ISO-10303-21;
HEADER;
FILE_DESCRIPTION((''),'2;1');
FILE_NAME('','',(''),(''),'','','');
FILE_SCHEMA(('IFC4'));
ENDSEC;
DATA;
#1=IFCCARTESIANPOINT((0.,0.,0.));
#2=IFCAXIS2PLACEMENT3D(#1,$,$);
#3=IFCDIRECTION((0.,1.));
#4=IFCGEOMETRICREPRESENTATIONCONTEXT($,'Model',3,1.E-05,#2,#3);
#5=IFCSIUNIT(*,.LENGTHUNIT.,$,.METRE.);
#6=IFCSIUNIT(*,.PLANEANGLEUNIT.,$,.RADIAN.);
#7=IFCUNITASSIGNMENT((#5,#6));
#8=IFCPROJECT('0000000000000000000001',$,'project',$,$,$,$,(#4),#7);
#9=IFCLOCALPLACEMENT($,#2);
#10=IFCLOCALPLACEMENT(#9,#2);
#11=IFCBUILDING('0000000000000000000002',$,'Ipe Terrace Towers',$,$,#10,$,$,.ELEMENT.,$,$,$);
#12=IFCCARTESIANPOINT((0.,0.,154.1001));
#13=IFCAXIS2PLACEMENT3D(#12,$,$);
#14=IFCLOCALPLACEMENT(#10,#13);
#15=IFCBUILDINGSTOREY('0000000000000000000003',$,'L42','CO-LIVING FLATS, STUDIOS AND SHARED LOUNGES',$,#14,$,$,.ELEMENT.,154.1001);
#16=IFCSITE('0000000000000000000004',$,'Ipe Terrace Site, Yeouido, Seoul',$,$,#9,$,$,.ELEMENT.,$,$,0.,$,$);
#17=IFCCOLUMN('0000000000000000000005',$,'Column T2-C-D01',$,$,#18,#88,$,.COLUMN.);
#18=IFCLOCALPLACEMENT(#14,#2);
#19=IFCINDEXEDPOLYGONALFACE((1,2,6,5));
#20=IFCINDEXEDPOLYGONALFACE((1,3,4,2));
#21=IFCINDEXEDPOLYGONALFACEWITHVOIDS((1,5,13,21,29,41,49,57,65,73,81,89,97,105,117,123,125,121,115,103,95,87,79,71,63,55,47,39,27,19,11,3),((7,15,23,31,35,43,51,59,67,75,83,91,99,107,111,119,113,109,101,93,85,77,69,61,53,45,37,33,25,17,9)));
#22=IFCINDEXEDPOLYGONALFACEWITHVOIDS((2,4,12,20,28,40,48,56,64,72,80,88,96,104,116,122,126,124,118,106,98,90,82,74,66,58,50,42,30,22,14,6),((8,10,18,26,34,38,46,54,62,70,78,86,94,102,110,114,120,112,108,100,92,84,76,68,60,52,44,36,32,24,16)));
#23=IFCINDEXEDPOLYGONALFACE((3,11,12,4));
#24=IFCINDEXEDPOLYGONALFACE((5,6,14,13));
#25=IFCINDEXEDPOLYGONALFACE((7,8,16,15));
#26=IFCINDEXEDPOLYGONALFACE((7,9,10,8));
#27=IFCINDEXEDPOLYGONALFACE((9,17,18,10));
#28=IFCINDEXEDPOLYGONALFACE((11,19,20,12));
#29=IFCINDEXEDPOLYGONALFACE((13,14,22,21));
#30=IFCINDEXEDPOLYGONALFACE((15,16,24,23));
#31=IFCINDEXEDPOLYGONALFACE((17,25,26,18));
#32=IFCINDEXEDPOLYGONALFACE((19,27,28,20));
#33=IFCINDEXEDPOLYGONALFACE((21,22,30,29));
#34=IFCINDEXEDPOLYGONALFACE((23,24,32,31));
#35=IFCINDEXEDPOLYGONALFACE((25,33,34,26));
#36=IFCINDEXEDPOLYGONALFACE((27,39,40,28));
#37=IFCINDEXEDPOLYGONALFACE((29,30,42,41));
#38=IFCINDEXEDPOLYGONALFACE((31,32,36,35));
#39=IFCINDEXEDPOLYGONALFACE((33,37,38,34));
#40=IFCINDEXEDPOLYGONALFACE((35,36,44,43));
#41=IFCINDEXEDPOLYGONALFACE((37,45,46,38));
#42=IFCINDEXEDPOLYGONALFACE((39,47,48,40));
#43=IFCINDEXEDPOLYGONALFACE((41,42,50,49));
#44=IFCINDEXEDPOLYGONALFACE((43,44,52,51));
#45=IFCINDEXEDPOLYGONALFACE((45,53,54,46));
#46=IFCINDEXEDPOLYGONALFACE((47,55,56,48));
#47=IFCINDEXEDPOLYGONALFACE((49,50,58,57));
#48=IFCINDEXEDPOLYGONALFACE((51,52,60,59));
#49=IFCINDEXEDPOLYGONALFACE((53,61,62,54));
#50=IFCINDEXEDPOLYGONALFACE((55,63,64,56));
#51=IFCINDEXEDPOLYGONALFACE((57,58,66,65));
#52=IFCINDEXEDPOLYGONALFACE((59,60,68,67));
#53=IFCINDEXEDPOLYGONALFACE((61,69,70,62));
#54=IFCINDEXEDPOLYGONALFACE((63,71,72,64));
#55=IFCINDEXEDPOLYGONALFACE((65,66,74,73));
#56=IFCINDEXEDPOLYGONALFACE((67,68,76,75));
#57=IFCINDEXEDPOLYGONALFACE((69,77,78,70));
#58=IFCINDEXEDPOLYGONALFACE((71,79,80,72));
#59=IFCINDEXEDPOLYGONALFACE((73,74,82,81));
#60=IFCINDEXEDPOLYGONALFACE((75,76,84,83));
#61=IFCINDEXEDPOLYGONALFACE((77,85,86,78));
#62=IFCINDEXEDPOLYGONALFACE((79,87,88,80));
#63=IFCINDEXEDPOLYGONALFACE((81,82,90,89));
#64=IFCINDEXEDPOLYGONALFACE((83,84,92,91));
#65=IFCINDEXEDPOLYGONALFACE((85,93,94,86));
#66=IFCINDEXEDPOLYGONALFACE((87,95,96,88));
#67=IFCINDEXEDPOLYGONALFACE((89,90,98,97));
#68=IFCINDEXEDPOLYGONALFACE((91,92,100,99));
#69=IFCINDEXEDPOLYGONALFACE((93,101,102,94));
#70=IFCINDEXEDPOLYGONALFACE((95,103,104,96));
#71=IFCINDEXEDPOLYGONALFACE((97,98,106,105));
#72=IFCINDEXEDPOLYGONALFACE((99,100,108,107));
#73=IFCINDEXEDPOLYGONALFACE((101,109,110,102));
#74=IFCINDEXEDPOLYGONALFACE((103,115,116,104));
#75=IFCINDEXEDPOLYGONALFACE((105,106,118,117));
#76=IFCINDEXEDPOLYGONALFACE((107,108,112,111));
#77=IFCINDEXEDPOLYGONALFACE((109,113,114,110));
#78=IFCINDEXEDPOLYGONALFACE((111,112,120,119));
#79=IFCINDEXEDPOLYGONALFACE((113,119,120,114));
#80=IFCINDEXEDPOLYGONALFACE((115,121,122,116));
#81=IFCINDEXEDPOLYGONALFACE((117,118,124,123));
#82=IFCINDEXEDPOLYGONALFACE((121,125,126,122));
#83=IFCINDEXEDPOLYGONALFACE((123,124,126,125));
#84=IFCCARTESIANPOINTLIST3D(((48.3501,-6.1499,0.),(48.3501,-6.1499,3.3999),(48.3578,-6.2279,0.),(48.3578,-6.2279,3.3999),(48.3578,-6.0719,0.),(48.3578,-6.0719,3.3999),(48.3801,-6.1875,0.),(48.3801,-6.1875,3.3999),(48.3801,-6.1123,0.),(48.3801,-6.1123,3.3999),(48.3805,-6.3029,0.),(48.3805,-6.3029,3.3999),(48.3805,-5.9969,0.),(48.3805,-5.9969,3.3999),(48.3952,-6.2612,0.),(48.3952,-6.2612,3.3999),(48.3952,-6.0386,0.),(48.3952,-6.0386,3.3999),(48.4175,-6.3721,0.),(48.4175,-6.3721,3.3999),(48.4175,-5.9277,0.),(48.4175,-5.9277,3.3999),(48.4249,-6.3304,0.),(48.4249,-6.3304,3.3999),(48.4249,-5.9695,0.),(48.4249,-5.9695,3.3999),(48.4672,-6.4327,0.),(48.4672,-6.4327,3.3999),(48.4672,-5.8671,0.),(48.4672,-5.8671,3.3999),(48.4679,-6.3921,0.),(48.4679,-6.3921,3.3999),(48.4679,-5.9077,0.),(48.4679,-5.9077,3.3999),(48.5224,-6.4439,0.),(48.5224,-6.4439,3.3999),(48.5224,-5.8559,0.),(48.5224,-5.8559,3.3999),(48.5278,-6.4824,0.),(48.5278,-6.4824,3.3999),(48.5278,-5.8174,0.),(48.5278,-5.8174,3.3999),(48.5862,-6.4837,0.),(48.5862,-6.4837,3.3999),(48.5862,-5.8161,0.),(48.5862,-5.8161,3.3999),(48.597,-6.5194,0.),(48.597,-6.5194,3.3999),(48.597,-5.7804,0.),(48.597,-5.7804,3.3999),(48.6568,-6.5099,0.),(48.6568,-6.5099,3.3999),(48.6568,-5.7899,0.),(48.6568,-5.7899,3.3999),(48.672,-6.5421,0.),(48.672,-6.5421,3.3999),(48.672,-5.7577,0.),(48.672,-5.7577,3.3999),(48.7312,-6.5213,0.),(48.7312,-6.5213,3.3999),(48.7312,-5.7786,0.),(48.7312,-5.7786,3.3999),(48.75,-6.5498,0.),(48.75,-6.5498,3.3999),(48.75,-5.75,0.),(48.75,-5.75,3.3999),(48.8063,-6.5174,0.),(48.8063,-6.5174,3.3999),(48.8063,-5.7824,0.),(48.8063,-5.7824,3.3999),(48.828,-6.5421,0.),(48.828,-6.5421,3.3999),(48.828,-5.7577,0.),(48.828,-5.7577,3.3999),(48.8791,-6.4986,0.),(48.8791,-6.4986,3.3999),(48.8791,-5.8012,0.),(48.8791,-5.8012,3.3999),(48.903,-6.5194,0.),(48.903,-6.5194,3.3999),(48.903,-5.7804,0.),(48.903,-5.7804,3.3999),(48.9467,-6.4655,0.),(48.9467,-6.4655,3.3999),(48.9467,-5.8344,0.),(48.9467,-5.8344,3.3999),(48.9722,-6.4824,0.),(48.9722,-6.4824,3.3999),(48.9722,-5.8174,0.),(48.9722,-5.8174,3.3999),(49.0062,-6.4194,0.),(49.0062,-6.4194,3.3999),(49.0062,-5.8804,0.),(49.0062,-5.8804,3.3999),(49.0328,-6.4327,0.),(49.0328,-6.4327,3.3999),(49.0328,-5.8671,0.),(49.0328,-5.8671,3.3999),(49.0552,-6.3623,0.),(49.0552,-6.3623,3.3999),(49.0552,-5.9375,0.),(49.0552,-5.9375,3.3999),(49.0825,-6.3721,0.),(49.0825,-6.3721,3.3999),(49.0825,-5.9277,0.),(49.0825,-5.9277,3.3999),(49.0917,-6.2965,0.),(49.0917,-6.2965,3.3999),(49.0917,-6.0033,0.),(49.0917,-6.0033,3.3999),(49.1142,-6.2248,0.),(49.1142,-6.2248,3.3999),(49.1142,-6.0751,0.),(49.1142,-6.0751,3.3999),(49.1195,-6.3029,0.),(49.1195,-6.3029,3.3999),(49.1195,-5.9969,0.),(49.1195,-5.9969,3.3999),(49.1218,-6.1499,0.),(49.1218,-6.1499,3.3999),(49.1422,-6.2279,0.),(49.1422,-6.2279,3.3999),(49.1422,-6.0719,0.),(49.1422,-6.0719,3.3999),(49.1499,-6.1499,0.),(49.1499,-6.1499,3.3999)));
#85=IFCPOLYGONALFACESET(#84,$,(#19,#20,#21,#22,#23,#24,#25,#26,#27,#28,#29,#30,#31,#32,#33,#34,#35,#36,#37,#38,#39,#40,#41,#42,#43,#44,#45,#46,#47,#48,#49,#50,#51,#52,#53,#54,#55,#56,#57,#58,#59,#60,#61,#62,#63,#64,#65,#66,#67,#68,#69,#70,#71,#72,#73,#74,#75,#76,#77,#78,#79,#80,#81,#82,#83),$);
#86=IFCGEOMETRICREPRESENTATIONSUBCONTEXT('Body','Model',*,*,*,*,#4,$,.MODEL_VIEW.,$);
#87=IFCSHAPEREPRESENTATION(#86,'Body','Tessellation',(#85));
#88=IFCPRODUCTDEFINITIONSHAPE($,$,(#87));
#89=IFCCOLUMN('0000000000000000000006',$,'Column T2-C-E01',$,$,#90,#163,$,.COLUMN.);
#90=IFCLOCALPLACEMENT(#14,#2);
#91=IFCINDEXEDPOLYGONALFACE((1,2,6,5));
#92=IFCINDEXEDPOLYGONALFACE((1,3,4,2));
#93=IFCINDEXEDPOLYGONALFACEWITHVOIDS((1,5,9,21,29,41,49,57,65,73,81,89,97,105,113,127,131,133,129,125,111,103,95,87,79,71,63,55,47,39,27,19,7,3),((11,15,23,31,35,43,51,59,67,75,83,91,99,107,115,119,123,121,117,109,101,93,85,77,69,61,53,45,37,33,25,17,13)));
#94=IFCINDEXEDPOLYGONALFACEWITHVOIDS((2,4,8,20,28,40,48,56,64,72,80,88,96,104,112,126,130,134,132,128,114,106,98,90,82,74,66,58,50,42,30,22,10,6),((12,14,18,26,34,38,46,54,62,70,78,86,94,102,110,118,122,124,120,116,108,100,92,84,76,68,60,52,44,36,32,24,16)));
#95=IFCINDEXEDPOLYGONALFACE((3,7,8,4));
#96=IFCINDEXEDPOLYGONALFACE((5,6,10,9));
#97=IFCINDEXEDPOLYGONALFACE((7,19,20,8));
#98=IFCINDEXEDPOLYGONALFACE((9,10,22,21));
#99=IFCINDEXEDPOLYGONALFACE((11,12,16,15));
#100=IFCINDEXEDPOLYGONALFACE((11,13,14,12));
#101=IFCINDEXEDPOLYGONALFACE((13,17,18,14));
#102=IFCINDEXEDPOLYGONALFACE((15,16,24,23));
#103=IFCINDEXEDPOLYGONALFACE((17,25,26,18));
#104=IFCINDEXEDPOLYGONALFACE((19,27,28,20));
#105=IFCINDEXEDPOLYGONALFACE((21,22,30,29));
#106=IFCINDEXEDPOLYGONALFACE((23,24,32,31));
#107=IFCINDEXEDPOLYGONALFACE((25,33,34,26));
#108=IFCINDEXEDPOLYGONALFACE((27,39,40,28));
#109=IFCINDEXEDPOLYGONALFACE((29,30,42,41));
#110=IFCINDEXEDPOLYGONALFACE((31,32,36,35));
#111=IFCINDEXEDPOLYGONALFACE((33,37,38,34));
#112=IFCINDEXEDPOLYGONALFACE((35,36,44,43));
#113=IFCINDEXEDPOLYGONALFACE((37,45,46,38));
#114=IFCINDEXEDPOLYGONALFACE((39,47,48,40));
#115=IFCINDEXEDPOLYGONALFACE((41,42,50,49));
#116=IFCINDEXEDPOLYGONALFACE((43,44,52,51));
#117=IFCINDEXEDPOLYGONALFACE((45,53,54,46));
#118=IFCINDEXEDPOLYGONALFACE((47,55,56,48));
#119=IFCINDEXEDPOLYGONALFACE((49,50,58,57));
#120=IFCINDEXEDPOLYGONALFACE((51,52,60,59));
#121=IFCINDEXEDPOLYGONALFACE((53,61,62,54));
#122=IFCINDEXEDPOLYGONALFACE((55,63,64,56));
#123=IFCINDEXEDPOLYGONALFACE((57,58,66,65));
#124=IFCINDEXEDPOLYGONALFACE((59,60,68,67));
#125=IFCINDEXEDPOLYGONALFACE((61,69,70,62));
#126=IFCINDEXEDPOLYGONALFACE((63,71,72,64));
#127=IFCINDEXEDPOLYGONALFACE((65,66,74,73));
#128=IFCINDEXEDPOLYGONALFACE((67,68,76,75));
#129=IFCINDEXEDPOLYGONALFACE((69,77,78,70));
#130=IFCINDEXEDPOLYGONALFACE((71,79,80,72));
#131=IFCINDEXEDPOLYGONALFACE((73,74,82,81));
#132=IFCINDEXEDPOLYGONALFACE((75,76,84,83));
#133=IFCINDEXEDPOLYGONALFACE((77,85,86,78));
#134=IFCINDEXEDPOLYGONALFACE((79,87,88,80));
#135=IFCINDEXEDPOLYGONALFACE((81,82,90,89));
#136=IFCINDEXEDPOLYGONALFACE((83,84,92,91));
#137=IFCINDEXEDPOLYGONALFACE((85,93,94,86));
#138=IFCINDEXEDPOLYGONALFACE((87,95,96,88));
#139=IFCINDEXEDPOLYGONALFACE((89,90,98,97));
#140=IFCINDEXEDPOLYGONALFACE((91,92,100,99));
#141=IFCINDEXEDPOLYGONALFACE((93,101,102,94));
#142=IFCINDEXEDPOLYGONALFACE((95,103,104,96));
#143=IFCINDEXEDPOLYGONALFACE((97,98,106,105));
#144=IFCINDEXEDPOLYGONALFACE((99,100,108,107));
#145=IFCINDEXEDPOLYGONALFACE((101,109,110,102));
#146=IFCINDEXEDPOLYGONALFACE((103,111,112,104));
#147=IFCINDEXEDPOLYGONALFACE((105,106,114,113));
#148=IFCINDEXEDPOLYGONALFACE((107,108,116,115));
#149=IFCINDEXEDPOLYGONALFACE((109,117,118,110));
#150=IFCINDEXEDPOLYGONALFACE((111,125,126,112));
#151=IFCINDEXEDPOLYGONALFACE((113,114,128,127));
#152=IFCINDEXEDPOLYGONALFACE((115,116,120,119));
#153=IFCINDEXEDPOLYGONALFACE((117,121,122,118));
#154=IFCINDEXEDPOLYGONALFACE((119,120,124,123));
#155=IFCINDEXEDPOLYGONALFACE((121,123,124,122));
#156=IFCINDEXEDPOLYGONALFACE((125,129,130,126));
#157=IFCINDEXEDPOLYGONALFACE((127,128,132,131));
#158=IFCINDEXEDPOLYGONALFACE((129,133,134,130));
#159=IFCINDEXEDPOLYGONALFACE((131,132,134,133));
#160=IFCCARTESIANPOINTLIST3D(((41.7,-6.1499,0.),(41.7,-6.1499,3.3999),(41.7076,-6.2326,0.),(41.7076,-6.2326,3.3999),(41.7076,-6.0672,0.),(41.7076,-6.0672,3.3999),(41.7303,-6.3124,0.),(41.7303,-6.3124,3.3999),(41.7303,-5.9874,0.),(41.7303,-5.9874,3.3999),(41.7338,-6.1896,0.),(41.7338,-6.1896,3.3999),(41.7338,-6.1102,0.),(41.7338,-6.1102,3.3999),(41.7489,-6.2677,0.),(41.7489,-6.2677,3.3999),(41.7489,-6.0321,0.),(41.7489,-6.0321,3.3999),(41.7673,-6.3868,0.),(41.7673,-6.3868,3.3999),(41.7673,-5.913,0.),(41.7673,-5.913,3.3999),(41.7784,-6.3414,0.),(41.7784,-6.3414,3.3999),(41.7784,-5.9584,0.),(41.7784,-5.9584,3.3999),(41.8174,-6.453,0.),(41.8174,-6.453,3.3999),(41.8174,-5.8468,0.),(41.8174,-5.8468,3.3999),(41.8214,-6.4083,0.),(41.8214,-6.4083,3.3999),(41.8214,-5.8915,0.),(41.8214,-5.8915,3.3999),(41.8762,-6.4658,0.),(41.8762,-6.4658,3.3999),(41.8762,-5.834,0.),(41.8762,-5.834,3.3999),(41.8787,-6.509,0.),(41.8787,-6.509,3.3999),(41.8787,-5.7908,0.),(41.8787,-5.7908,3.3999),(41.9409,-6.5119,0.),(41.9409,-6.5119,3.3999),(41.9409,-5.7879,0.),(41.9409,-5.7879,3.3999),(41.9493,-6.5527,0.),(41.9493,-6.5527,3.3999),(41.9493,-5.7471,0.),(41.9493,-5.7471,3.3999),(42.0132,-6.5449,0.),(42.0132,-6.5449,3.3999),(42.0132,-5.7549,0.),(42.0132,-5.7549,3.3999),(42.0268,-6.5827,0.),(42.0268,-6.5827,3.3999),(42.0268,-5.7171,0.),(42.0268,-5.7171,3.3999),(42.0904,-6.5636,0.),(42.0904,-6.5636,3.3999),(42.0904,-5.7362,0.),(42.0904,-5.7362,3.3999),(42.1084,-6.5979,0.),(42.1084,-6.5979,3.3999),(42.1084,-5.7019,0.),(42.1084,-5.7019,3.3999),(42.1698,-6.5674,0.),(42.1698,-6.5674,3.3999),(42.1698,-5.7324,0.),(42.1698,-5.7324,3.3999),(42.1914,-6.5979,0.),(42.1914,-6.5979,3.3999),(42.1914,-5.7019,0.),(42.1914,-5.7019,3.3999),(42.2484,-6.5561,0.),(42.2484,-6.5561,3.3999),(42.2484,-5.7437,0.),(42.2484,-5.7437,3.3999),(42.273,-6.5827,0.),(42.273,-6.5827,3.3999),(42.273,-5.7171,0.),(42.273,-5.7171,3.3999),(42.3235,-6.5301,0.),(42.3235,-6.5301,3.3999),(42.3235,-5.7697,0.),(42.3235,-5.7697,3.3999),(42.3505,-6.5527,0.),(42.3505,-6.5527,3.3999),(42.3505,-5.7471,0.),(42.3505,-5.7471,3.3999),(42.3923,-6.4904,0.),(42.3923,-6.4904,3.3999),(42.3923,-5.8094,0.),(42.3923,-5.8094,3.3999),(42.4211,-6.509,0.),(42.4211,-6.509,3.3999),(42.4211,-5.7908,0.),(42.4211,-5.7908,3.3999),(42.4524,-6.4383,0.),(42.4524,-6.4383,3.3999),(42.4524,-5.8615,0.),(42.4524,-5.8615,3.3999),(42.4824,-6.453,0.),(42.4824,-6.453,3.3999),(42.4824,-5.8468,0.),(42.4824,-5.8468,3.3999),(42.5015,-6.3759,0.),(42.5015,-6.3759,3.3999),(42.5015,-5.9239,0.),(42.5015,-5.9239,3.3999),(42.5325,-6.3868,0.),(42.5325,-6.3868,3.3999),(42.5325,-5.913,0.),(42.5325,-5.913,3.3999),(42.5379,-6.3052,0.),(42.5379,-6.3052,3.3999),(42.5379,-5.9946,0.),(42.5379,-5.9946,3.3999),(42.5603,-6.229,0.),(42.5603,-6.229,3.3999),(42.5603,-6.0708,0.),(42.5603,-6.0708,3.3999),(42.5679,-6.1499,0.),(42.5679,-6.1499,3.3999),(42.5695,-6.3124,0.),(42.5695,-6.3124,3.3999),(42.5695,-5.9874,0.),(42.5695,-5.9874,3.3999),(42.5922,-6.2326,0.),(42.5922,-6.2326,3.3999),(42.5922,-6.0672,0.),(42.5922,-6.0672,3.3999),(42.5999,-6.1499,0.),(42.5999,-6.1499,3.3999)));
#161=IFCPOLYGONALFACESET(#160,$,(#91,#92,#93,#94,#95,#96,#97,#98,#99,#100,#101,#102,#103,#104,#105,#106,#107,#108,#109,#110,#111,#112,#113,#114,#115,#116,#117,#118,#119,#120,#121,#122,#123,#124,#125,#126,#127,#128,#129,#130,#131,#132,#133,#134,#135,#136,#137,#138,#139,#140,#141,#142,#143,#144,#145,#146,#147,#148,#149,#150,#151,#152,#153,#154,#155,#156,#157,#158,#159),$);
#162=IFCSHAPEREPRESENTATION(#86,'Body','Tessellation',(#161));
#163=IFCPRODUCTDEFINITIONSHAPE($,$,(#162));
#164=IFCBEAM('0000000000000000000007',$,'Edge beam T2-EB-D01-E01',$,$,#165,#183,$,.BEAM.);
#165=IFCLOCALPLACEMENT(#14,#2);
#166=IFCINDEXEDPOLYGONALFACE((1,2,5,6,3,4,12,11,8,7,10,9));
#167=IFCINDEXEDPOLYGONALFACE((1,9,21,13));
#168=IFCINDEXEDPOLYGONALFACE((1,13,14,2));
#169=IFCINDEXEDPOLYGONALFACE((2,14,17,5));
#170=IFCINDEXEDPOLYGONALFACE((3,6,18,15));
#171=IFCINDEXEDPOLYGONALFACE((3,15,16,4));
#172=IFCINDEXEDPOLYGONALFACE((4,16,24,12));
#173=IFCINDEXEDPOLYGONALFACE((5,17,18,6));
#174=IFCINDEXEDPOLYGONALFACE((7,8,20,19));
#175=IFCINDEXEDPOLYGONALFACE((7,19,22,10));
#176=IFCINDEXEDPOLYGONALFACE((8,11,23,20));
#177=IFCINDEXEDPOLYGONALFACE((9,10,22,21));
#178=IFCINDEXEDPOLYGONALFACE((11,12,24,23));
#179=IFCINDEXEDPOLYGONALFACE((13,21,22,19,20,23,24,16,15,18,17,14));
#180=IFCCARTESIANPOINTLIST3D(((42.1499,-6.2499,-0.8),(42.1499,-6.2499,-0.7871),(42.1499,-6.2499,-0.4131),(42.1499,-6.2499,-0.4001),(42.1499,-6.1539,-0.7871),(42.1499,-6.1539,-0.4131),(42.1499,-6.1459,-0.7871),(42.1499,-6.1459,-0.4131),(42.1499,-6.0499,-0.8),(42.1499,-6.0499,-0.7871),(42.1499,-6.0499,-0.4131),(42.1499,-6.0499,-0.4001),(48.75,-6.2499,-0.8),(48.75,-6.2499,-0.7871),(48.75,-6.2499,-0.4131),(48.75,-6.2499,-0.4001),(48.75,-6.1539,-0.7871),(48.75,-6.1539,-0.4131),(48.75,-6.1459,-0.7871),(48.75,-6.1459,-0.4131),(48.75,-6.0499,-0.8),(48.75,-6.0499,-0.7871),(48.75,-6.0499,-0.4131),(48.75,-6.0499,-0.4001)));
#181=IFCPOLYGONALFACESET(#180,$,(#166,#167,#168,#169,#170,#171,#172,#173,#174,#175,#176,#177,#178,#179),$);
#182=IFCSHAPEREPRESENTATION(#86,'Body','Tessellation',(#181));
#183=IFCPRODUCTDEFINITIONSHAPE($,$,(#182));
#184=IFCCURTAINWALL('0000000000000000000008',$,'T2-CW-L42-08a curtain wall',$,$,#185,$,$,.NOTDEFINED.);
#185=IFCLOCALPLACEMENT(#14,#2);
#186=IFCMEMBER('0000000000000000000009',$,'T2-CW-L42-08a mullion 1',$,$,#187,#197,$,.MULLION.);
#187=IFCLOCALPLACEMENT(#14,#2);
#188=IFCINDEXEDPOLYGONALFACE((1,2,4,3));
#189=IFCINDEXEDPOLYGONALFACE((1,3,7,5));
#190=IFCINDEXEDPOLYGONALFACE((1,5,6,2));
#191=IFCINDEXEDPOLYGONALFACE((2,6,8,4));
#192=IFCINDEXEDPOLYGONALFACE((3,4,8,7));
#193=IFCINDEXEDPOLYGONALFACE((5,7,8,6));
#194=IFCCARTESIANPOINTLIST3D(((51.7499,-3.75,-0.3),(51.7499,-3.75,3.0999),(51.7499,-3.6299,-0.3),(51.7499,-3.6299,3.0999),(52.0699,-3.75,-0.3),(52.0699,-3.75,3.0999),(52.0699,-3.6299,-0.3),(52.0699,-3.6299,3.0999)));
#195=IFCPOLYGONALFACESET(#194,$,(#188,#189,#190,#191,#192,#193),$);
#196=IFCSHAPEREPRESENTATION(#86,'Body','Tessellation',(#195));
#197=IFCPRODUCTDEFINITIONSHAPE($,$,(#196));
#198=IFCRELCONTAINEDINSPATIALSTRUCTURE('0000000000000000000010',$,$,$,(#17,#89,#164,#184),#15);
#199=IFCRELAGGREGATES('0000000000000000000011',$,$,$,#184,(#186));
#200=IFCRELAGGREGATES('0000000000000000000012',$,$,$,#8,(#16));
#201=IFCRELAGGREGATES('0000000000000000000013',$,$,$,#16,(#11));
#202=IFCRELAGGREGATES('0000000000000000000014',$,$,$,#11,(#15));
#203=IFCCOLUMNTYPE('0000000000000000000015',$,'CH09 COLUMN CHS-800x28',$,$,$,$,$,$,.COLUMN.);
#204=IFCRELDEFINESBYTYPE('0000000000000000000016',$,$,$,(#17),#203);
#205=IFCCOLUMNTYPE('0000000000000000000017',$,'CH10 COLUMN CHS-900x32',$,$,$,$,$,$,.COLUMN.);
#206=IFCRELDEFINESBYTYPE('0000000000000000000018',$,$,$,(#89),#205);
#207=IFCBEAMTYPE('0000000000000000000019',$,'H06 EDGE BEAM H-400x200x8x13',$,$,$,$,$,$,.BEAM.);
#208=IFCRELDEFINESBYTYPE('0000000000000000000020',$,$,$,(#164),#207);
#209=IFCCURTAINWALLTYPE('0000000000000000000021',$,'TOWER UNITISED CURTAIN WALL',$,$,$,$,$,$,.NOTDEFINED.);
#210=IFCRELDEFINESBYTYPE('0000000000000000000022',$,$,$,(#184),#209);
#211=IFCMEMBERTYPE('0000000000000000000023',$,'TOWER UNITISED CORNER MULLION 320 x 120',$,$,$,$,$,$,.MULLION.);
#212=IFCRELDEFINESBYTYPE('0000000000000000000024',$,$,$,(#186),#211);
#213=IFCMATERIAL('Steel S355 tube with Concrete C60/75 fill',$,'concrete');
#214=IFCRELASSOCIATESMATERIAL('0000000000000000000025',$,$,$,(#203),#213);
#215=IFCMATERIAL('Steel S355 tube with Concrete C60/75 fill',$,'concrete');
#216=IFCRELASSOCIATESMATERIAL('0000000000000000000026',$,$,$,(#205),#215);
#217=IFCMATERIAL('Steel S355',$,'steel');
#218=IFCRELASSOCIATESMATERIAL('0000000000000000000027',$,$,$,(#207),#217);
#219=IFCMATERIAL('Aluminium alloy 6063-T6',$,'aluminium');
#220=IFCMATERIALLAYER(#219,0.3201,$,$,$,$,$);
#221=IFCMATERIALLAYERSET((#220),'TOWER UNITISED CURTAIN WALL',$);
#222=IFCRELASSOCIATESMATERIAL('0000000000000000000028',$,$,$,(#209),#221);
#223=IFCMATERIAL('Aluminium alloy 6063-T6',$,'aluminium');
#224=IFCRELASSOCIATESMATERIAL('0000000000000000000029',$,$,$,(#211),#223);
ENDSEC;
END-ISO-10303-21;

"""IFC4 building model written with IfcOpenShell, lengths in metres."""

from ifc_helpers import new_model, si_unit, direction, frame, origin, origin_2d, place, context, subcontext, project, spatial, rectangle, hollow_circle, i_section, extrude, material, layer, layer_set, material_profile, profile_set, type_object, element, aggregate, save


model = new_model("IFC4")

# Units and contexts
model_context = context("Model", 3, precision=1e-05, world=origin(), true_north=direction((0.0, 1.0)))
body_context = subcontext(model_context, "Body", "Model", "MODEL_VIEW")
ifc_project = project(units=[si_unit("LENGTHUNIT", "METRE"), si_unit("PLANEANGLEUNIT", "RADIAN")], contexts=[model_context])

# Site, building, storey
site_placement = place(None, origin())
site = spatial("IfcSite", under=ifc_project, at=site_placement, Name="Ipe Terrace Site, Yeouido, Seoul", CompositionType="ELEMENT", RefElevation=0.0)
building_placement = place(site_placement, origin())
building = spatial("IfcBuilding", under=site, at=building_placement, Name="Ipe Terrace Towers", CompositionType="ELEMENT")
storey_placement = place(building_placement, frame((0.0, 0.0, 154.1001)))
storey = spatial("IfcBuildingStorey", under=building, at=storey_placement, Name="L42", Description="CO-LIVING FLATS, STUDIOS AND SHARED LOUNGES", CompositionType="ELEMENT", Elevation=154.1001)

# Columns
ifc_material_1 = material(Name="Steel S355 tube with Concrete C60/75 fill", Category="concrete")
ifc_material_profile_1 = material_profile(ifc_material_1, hollow_circle(Radius=0.3999, WallThickness=0.0281, at=origin_2d()), Name="CHS-800x28")
ifc_profile_set_1 = profile_set([ifc_material_profile_1], Name="Steel S355 tube with Concrete C60/75 fill")
column_type_1 = type_object("IfcColumnType", Name="CH09 COLUMN CHS-800x28", PredefinedType="COLUMN", material=ifc_profile_set_1)
column_1_placement = place(storey_placement, frame((48.75, -6.1499, 0.0), z_axis=(0.0, 0.0, 1.0), x_axis=(1.0, 0.0, 0.0)))
element("IfcColumn", 1, at=column_1_placement, inside=storey, type_object=column_type_1, Name="Column T2-C-D01", PredefinedType="COLUMN", context=body_context, shape_type="SweptSolid", body=[
    extrude(hollow_circle(Radius=0.3999, WallThickness=0.0281, at=origin_2d()), origin(), (0.0, 0.0, 1.0), 3.3999),
])
ifc_material_2 = material(Name="Steel S355 tube with Concrete C60/75 fill", Category="concrete")
ifc_material_profile_2 = material_profile(ifc_material_2, hollow_circle(Radius=0.45, WallThickness=0.032, at=origin_2d()), Name="CHS-900x32")
ifc_profile_set_2 = profile_set([ifc_material_profile_2], Name="Steel S355 tube with Concrete C60/75 fill")
column_type_2 = type_object("IfcColumnType", Name="CH10 COLUMN CHS-900x32", PredefinedType="COLUMN", material=ifc_profile_set_2)
column_2_placement = place(storey_placement, frame((42.1499, -6.1499, 0.0), z_axis=(0.0, 0.0, 1.0), x_axis=(1.0, 0.0, 0.0)))
element("IfcColumn", 2, at=column_2_placement, inside=storey, type_object=column_type_2, Name="Column T2-C-E01", PredefinedType="COLUMN", context=body_context, shape_type="SweptSolid", body=[
    extrude(hollow_circle(Radius=0.45, WallThickness=0.032, at=origin_2d()), origin(), (0.0, 0.0, 1.0), 3.3999),
])

# Beam
ifc_material_3 = material(Name="Steel S355", Category="steel")
ifc_material_profile_3 = material_profile(ifc_material_3, i_section(OverallWidth=0.2, OverallDepth=0.3999, WebThickness=0.0081, FlangeThickness=0.0129, at=origin_2d()), Name="H-400x200x8x13")
ifc_profile_set_3 = profile_set([ifc_material_profile_3], Name="Steel S355")
beam_type = type_object("IfcBeamType", Name="H06 EDGE BEAM H-400x200x8x13", PredefinedType="BEAM", material=ifc_profile_set_3)
beam_placement = place(storey_placement, frame((48.75, -6.1499, -0.6001), z_axis=(-1.0, 0.0, 0.0), x_axis=(0.0, -1.0, 0.0)))
element("IfcBeam", 3, at=beam_placement, inside=storey, type_object=beam_type, Name="Edge beam T2-EB-D01-E01", PredefinedType="BEAM", context=body_context, shape_type="SweptSolid", body=[
    extrude(i_section(OverallWidth=0.2, OverallDepth=0.3999, WebThickness=0.0081, FlangeThickness=0.0129, at=origin_2d()), origin(), (0.0, 0.0, 1.0), 6.6001),
])

# Curtain wall, member
ifc_material_4 = material(Name="Aluminium alloy 6063-T6", Category="aluminium")
ifc_layer_1 = layer(ifc_material_4, 0.3201)
ifc_layer_set_1 = layer_set([ifc_layer_1], Name="TOWER UNITISED CURTAIN WALL")
curtain_wall_type = type_object("IfcCurtainWallType", Name="TOWER UNITISED CURTAIN WALL", PredefinedType="NOTDEFINED", material=ifc_layer_set_1)
curtain_wall_placement = place(storey_placement, origin())
curtain_wall = element("IfcCurtainWall", 4, at=curtain_wall_placement, inside=storey, type_object=curtain_wall_type, Name="T2-CW-L42-08a curtain wall", PredefinedType="NOTDEFINED")
ifc_material_5 = material(Name="Aluminium alloy 6063-T6", Category="aluminium")
ifc_material_profile_4 = material_profile(ifc_material_5, rectangle(XDim=0.3201, YDim=0.1201, at=origin_2d()), Name="TOWER UNITISED CORNER MULLION 320 x 120")
ifc_profile_set_4 = profile_set([ifc_material_profile_4], Name="Aluminium alloy 6063-T6")
member_type_1 = type_object("IfcMemberType", Name="TOWER UNITISED CORNER MULLION 320 x 120", PredefinedType="MULLION", material=ifc_profile_set_4)
member_1_placement = place(storey_placement, frame((51.9099, -3.6899, -0.3), z_axis=(0.0, 0.0, 1.0), x_axis=(1.0, 0.0, 0.0)))
member_1 = element("IfcMember", 5, at=member_1_placement, type_object=member_type_1, Name="T2-CW-L42-08a mullion 1", PredefinedType="MULLION", context=body_context, shape_type="SweptSolid", body=[
    extrude(rectangle(XDim=0.3201, YDim=0.1201, at=origin_2d()), origin(), (0.0, 0.0, 1.0), 3.3999),
])
aggregate(curtain_wall, [member_1])

save(model, "model.ifc")
